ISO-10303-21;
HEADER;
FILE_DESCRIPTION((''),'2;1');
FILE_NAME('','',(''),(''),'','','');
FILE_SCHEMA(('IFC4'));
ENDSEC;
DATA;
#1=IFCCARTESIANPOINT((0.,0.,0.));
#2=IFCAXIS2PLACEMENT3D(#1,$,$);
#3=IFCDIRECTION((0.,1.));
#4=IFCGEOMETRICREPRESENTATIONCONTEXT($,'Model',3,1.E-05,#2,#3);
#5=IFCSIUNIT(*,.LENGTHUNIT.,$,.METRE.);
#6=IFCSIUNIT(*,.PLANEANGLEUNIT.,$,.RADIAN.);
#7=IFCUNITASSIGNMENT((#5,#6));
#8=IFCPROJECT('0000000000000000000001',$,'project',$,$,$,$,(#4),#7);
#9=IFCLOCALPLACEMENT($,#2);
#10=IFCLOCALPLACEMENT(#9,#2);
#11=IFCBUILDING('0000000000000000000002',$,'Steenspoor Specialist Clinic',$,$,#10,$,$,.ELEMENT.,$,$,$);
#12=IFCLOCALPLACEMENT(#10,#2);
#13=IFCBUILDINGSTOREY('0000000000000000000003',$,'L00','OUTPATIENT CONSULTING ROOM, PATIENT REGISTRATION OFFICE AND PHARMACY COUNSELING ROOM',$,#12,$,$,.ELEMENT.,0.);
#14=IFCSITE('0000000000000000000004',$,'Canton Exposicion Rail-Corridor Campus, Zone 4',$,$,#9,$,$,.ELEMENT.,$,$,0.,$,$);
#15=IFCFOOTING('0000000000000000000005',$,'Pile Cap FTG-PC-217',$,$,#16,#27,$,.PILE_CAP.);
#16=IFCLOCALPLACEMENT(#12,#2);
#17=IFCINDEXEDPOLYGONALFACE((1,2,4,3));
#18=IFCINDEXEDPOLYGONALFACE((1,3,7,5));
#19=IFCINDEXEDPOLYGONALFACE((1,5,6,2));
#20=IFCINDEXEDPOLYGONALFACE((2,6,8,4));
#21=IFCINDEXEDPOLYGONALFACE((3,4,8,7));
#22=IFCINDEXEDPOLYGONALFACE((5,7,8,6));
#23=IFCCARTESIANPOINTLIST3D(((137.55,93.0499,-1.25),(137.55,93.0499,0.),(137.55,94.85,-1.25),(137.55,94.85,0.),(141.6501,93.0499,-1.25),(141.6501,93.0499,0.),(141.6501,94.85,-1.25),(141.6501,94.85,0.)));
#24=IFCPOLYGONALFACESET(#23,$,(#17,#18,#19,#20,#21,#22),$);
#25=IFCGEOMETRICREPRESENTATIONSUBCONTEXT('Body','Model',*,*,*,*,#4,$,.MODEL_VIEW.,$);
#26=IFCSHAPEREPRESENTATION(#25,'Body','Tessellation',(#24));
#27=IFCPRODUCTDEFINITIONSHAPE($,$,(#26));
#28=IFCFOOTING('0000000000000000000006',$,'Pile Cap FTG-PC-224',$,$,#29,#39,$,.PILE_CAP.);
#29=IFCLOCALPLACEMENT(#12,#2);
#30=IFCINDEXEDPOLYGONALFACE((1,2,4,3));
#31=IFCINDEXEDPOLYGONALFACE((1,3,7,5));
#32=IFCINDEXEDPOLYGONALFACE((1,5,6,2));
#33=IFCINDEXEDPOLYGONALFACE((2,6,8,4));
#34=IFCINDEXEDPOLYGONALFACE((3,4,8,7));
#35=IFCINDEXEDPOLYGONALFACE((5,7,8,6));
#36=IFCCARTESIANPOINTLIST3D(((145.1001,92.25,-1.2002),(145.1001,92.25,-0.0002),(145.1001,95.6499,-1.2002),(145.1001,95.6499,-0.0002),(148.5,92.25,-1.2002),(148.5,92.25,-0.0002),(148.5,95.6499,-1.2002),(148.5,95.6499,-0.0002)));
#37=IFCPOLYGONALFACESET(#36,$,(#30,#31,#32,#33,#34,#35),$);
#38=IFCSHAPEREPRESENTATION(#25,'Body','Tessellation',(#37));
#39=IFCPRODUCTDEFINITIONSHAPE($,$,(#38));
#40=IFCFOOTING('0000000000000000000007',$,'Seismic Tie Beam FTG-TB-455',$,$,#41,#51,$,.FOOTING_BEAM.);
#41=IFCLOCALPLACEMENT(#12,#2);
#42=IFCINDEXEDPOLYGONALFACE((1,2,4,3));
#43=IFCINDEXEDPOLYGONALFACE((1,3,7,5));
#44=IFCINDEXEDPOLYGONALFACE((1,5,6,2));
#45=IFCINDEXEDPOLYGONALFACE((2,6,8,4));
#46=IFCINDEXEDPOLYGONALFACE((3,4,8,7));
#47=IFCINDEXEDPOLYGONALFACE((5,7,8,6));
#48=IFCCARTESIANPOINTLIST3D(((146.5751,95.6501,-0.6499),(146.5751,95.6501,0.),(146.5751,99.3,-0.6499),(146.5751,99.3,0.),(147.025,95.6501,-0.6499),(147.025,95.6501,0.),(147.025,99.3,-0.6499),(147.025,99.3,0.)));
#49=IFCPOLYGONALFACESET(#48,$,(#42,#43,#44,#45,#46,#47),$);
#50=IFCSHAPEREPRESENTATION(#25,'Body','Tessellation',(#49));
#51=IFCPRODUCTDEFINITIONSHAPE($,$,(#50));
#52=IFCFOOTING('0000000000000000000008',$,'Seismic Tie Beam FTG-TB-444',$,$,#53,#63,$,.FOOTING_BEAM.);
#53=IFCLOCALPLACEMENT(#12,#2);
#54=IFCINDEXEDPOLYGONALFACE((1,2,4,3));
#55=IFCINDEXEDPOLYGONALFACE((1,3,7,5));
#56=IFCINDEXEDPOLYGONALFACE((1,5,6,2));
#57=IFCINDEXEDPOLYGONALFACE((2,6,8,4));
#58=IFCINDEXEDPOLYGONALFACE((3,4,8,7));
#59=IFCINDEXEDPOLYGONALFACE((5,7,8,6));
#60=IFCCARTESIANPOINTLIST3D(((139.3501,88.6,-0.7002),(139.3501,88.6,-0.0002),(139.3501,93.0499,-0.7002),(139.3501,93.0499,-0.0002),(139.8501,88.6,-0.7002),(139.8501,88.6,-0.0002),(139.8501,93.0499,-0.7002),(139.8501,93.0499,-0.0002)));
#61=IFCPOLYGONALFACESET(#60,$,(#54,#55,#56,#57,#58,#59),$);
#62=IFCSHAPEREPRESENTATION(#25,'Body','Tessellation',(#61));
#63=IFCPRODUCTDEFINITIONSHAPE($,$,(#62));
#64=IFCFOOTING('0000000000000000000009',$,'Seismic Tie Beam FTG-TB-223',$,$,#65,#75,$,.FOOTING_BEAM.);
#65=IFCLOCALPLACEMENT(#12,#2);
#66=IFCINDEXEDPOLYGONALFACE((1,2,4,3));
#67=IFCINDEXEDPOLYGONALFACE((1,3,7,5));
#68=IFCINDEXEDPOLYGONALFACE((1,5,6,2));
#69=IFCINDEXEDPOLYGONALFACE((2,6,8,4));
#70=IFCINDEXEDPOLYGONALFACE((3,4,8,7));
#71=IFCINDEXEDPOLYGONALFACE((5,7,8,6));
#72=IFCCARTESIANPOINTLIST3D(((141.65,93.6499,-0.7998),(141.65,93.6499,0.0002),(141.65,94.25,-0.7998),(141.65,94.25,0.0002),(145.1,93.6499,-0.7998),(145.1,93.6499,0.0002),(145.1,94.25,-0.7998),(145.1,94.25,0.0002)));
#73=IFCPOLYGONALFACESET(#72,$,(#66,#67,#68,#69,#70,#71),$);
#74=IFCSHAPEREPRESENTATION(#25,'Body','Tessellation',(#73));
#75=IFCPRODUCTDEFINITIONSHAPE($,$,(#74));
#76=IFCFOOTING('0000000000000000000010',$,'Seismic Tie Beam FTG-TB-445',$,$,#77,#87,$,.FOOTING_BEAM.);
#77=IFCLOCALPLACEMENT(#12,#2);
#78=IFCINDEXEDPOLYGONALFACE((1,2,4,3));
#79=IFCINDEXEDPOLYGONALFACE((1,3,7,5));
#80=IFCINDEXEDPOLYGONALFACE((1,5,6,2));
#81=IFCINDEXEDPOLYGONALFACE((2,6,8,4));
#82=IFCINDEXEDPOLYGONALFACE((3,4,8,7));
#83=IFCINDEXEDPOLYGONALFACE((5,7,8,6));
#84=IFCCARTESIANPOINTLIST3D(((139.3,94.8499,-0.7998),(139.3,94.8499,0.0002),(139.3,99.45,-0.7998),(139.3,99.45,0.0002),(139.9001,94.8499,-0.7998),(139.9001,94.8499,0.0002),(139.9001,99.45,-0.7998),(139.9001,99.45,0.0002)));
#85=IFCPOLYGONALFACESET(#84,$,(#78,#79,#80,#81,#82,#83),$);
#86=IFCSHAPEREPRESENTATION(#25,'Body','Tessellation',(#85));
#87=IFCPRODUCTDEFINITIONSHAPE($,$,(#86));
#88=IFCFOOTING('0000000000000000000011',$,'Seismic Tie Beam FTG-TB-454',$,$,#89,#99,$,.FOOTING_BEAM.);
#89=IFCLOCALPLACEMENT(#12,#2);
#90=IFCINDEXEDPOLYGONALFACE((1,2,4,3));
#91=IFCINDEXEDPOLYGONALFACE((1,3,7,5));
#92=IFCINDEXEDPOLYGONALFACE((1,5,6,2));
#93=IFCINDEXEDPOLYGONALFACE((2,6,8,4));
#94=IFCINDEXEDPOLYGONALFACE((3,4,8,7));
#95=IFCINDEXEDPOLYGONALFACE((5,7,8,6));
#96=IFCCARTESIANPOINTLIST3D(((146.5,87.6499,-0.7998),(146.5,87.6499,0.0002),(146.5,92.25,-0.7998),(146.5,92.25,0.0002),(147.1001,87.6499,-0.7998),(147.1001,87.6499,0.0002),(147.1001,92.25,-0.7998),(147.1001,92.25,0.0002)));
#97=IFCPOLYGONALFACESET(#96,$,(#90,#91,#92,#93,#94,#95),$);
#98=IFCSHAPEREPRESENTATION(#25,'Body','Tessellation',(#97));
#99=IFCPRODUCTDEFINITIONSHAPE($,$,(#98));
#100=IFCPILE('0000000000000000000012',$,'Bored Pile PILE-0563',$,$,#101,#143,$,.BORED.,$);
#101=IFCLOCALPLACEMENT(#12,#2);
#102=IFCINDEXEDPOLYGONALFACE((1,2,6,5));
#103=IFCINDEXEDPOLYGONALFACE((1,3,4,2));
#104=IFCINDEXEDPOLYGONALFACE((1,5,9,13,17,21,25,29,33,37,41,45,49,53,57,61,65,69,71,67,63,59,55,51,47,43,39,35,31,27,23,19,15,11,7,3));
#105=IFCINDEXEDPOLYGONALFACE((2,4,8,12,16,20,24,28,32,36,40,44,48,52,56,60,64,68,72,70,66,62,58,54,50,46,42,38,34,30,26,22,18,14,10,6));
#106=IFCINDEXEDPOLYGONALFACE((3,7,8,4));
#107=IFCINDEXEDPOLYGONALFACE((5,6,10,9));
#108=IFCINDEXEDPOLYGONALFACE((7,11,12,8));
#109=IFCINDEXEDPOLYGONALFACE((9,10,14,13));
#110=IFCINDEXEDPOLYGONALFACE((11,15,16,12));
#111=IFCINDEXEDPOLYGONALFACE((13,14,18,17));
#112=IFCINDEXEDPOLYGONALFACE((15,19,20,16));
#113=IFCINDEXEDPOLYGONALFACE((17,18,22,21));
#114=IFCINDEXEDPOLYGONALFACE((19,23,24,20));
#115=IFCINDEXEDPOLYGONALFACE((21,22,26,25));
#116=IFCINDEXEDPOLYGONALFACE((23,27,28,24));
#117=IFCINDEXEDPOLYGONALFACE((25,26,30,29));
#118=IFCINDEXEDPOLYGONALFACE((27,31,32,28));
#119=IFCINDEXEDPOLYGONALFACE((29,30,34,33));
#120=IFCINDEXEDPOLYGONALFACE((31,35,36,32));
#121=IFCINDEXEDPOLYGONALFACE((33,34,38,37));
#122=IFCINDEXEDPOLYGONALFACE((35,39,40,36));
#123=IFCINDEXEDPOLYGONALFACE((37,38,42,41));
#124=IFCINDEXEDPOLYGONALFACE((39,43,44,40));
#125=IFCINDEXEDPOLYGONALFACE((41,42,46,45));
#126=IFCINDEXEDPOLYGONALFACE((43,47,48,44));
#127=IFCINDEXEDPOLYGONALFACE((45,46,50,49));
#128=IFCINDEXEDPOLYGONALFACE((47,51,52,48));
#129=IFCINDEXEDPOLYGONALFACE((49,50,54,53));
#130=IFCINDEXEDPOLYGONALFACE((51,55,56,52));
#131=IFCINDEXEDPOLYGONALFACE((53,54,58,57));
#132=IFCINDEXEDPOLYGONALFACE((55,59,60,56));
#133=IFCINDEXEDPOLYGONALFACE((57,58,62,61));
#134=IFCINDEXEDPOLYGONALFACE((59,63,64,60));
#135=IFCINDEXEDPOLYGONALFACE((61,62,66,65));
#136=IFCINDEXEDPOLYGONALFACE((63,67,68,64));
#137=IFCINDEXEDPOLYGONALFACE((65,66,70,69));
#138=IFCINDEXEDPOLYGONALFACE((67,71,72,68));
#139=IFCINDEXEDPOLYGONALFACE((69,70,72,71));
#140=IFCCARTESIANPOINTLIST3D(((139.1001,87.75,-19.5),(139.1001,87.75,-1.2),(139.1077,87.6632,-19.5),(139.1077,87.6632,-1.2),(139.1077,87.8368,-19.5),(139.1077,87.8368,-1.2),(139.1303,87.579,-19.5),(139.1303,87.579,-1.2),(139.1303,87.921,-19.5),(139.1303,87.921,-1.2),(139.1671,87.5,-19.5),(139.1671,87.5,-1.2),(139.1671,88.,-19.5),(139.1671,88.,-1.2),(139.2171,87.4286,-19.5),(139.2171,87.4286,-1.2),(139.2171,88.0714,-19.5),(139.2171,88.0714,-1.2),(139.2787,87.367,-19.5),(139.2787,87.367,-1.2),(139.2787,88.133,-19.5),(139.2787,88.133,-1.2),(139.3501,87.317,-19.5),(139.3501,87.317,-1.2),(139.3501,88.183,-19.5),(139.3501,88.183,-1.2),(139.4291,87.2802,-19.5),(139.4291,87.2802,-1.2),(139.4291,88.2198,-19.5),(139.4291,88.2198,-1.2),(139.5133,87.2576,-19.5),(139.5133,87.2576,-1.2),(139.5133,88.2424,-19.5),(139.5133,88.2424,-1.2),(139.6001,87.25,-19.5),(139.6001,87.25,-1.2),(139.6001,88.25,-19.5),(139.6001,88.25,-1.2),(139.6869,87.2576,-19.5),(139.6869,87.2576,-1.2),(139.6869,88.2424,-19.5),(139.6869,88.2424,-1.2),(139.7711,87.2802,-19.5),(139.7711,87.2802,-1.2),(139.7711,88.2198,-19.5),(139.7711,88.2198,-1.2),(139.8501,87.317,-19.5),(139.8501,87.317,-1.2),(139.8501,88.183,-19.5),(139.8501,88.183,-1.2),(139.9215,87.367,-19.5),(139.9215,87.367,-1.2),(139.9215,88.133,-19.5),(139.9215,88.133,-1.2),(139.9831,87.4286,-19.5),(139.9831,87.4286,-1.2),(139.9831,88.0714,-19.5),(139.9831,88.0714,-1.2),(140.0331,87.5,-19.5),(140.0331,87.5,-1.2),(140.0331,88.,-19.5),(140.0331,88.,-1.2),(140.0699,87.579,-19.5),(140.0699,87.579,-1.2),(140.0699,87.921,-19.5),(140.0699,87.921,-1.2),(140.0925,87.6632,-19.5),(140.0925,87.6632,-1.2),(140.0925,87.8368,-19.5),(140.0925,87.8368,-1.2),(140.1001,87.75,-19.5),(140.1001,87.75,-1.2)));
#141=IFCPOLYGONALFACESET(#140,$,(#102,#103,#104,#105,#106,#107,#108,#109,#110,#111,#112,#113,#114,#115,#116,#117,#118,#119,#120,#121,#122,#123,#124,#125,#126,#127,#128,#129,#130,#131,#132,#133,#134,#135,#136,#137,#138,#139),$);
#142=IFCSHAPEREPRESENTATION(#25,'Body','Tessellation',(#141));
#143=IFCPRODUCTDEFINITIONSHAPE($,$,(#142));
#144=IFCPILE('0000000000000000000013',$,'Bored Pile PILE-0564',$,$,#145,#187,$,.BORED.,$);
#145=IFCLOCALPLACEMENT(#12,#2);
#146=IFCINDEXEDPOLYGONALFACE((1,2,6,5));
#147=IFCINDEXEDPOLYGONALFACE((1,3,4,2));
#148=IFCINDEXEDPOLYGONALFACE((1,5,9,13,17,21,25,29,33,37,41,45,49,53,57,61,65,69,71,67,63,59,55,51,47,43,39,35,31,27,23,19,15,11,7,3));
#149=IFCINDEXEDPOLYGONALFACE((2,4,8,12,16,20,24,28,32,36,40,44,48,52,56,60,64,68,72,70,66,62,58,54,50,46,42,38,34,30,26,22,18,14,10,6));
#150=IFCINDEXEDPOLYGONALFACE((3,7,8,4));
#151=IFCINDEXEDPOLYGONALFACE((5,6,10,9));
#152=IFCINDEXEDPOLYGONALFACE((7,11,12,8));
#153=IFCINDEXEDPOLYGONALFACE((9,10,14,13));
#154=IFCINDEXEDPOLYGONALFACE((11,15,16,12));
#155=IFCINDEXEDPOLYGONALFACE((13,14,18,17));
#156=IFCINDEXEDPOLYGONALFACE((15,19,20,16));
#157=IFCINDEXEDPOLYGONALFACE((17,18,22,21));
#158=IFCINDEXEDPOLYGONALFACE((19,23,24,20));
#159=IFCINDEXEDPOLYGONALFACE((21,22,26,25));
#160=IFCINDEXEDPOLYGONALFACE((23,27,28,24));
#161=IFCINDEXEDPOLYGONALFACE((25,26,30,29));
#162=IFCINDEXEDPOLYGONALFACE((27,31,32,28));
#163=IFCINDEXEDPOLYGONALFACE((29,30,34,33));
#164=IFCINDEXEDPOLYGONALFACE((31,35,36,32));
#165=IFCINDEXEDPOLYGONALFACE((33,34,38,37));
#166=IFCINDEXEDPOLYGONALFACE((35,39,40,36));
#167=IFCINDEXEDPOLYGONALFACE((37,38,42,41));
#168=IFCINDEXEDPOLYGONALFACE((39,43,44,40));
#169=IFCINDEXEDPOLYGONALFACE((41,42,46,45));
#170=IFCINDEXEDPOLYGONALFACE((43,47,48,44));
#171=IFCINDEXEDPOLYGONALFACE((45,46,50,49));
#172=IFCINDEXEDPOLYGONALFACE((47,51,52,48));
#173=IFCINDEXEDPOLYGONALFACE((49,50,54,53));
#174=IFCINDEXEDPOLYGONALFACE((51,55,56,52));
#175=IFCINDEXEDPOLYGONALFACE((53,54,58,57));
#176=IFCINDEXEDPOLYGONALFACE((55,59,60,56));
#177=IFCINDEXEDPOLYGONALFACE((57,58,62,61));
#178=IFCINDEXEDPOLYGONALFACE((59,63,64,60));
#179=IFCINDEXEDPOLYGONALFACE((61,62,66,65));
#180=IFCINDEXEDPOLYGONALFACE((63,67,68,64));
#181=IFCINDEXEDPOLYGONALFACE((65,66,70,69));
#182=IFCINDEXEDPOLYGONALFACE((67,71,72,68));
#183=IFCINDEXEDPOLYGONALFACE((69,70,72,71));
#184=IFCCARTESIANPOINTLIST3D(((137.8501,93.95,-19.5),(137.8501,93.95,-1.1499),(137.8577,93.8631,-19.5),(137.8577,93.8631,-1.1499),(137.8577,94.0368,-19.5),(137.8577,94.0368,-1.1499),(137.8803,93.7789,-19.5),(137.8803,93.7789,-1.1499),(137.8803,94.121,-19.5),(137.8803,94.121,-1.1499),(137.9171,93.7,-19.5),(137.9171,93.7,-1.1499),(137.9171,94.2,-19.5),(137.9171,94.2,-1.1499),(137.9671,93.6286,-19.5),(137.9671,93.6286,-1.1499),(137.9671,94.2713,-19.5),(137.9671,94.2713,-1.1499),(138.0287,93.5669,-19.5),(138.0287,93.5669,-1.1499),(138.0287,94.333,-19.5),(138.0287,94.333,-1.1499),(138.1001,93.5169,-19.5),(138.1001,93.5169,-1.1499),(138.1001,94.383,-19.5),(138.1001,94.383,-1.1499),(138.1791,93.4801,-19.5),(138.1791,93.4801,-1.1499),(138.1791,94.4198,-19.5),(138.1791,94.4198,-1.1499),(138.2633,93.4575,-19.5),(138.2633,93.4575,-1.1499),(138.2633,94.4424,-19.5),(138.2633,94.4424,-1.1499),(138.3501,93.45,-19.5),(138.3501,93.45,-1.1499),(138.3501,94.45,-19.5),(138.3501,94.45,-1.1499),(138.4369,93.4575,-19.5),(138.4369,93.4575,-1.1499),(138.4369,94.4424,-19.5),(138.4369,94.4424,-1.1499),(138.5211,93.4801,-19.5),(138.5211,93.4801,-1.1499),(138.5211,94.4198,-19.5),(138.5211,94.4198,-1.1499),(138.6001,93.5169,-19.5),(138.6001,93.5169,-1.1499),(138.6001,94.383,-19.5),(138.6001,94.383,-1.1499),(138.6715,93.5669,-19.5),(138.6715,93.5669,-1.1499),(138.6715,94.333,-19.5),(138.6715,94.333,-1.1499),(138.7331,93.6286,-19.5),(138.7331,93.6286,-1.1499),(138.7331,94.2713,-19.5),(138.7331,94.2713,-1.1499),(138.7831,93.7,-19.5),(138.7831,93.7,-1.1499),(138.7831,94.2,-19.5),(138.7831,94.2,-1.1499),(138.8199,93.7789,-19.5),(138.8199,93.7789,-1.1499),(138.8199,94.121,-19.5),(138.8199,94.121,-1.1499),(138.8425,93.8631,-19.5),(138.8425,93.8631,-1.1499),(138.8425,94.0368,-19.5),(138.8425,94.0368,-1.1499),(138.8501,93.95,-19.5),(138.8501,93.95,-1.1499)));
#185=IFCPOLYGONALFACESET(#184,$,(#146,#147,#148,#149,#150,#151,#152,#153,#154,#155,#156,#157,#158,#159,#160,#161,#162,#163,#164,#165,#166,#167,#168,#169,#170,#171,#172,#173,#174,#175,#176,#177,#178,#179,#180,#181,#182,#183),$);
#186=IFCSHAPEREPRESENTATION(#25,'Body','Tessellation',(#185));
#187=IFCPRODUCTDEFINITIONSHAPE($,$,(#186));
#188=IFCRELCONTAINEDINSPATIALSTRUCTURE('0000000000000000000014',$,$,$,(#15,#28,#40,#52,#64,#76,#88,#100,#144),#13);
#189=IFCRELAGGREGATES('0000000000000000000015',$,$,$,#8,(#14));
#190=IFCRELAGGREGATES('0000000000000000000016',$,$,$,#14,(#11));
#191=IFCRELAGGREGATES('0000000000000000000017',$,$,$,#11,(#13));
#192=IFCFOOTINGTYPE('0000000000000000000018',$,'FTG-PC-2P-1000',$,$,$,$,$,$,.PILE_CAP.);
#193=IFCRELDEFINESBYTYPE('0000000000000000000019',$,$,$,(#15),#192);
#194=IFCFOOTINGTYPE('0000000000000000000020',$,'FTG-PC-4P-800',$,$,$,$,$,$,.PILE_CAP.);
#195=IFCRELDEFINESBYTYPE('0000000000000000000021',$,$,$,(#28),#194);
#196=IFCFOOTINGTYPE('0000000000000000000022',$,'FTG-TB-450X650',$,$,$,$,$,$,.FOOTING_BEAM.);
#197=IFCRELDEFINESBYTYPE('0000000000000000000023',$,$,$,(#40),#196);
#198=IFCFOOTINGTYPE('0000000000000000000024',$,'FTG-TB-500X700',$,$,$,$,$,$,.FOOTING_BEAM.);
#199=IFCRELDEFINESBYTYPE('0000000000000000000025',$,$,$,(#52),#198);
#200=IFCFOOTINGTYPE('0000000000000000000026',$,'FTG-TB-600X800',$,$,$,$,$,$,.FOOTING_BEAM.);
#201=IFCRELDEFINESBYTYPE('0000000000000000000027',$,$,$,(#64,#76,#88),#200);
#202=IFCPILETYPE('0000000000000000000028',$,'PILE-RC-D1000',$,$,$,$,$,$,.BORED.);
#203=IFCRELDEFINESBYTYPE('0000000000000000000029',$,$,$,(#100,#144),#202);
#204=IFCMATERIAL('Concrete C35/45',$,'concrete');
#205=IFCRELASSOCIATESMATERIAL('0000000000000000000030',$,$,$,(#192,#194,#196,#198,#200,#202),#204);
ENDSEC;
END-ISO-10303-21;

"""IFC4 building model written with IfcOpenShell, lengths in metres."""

from ifc_helpers import new_model, si_unit, direction, frame, origin, origin_2d, place, context, subcontext, project, spatial, rectangle, circle, extrude, material, material_profile, profile_set, type_object, element, save


model = new_model("IFC4")

# Units and contexts
model_context = context("Model", 3, precision=1e-05, world=origin(), true_north=direction((0.0, 1.0)))
body_context = subcontext(model_context, "Body", "Model", "MODEL_VIEW")
ifc_project = project(units=[si_unit("LENGTHUNIT", "METRE"), si_unit("PLANEANGLEUNIT", "RADIAN")], contexts=[model_context])

# Site, building, storey
site_placement = place(None, origin())
site = spatial("IfcSite", under=ifc_project, at=site_placement, Name="Canton Exposicion Rail-Corridor Campus, Zone 4", CompositionType="ELEMENT", RefElevation=0.0)
building_placement = place(site_placement, origin())
building = spatial("IfcBuilding", under=site, at=building_placement, Name="Steenspoor Specialist Clinic", CompositionType="ELEMENT")
storey_placement = place(building_placement, origin())
storey = spatial("IfcBuildingStorey", under=building, at=storey_placement, Name="L00", Description="OUTPATIENT CONSULTING ROOM, PATIENT REGISTRATION OFFICE AND PHARMACY COUNSELING ROOM", CompositionType="ELEMENT", Elevation=0.0)

# Footings
ifc_material_1 = material(Name="Concrete C35/45", Category="concrete")
footing_type_1 = type_object("IfcFootingType", Name="FTG-PC-2P-1000", PredefinedType="PILE_CAP", material=ifc_material_1)
footing_1_placement = place(storey_placement, frame((139.6001, 93.95, -1.25), z_axis=(0.0, 0.0, 1.0), x_axis=(1.0, 0.0, 0.0)))
element("IfcFooting", 1, at=footing_1_placement, inside=storey, type_object=footing_type_1, Name="Pile Cap FTG-PC-217", PredefinedType="PILE_CAP", context=body_context, shape_type="SweptSolid", body=[
    extrude(rectangle(XDim=4.1001, YDim=1.8, at=origin_2d()), origin(), (0.0, 0.0, 1.0), 1.25),
])
footing_type_2 = type_object("IfcFootingType", Name="FTG-PC-4P-800", PredefinedType="PILE_CAP", material=ifc_material_1)
footing_2_placement = place(storey_placement, frame((146.8, 93.95, -1.2002), z_axis=(0.0, 0.0, 1.0), x_axis=(1.0, 0.0, 0.0)))
element("IfcFooting", 2, at=footing_2_placement, inside=storey, type_object=footing_type_2, Name="Pile Cap FTG-PC-224", PredefinedType="PILE_CAP", context=body_context, shape_type="SweptSolid", body=[
    extrude(rectangle(XDim=3.3999, YDim=3.3999, at=origin_2d()), origin(), (0.0, 0.0, 1.0), 1.2),
])
footing_type_3 = type_object("IfcFootingType", Name="FTG-TB-450X650", PredefinedType="FOOTING_BEAM", material=ifc_material_1)
footing_3_placement = place(storey_placement, frame((146.8, 97.4751, -0.6499), z_axis=(0.0, 0.0, 1.0), x_axis=(1.0, 0.0, 0.0)))
element("IfcFooting", 3, at=footing_3_placement, inside=storey, type_object=footing_type_3, Name="Seismic Tie Beam FTG-TB-455", PredefinedType="FOOTING_BEAM", context=body_context, shape_type="SweptSolid", body=[
    extrude(rectangle(XDim=0.45, YDim=3.6499, at=origin_2d()), origin(), (0.0, 0.0, 1.0), 0.6499),
])
footing_type_4 = type_object("IfcFootingType", Name="FTG-TB-500X700", PredefinedType="FOOTING_BEAM", material=ifc_material_1)
footing_4_placement = place(storey_placement, frame((139.6001, 90.825, -0.7002), z_axis=(0.0, 0.0, 1.0), x_axis=(1.0, 0.0, 0.0)))
element("IfcFooting", 4, at=footing_4_placement, inside=storey, type_object=footing_type_4, Name="Seismic Tie Beam FTG-TB-444", PredefinedType="FOOTING_BEAM", context=body_context, shape_type="SweptSolid", body=[
    extrude(rectangle(XDim=0.5, YDim=4.45, at=origin_2d()), origin(), (0.0, 0.0, 1.0), 0.7),
])
footing_type_5 = type_object("IfcFootingType", Name="FTG-TB-600X800", PredefinedType="FOOTING_BEAM", material=ifc_material_1)
footing_5_placement = place(storey_placement, frame((143.375, 93.95, -0.7998), z_axis=(0.0, 0.0, 1.0), x_axis=(1.0, 0.0, 0.0)))
element("IfcFooting", 5, at=footing_5_placement, inside=storey, type_object=footing_type_5, Name="Seismic Tie Beam FTG-TB-223", PredefinedType="FOOTING_BEAM", context=body_context, shape_type="SweptSolid", body=[
    extrude(rectangle(XDim=3.45, YDim=0.6001, at=origin_2d()), origin(), (0.0, 0.0, 1.0), 0.8),
])
for number, where, z_axis, x_axis, name in (
    (6, (139.6001, 97.1499, -0.7998), (0.0, 0.0, 1.0), (1.0, 0.0, 0.0), "Seismic Tie Beam FTG-TB-445"),
    (7, (146.8, 89.95, -0.7998), (0.0, 0.0, 1.0), (1.0, 0.0, 0.0), "Seismic Tie Beam FTG-TB-454"),
):
    element("IfcFooting", number, at=place(storey_placement, frame(where, z_axis=z_axis, x_axis=x_axis)), inside=storey, type_object=footing_type_5, Name=name, PredefinedType="FOOTING_BEAM", context=body_context, shape_type="SweptSolid", body=[
        extrude(rectangle(XDim=0.6001, YDim=4.6001, at=origin_2d()), origin(), (0.0, 0.0, 1.0), 0.8),
    ])

# Piles
ifc_material_profile_1 = material_profile(ifc_material_1, circle(Radius=0.5, at=origin_2d()), Name="PILE-D1000")
ifc_profile_set_1 = profile_set([ifc_material_profile_1], Name="Concrete C35/45")
pile_type_1 = type_object("IfcPileType", Name="PILE-RC-D1000", PredefinedType="BORED", material=ifc_profile_set_1)
pile_placement = place(storey_placement, frame((139.6001, 87.75, -1.2), z_axis=(0.0, 0.0, -1.0), x_axis=(1.0, 0.0, 0.0)))
element("IfcPile", 8, at=pile_placement, inside=storey, type_object=pile_type_1, Name="Bored Pile PILE-0563", PredefinedType="BORED", context=body_context, shape_type="SweptSolid", body=[
    extrude(circle(Radius=0.5, at=origin_2d()), origin(), (0.0, 0.0, 1.0), 18.3),
])
for number, where, z_axis, x_axis, name in (
    (9, (138.3501, 93.95, -1.1499), (0.0, 0.0, -1.0), (1.0, 0.0, 0.0), "Bored Pile PILE-0564"),
):
    element("IfcPile", number, at=place(storey_placement, frame(where, z_axis=z_axis, x_axis=x_axis)), inside=storey, type_object=pile_type_1, Name=name, PredefinedType="BORED", context=body_context, shape_type="SweptSolid", body=[
        extrude(circle(Radius=0.5, at=origin_2d()), origin(), (0.0, 0.0, 1.0), 18.3501),
    ])

save(model, "model.ifc")
